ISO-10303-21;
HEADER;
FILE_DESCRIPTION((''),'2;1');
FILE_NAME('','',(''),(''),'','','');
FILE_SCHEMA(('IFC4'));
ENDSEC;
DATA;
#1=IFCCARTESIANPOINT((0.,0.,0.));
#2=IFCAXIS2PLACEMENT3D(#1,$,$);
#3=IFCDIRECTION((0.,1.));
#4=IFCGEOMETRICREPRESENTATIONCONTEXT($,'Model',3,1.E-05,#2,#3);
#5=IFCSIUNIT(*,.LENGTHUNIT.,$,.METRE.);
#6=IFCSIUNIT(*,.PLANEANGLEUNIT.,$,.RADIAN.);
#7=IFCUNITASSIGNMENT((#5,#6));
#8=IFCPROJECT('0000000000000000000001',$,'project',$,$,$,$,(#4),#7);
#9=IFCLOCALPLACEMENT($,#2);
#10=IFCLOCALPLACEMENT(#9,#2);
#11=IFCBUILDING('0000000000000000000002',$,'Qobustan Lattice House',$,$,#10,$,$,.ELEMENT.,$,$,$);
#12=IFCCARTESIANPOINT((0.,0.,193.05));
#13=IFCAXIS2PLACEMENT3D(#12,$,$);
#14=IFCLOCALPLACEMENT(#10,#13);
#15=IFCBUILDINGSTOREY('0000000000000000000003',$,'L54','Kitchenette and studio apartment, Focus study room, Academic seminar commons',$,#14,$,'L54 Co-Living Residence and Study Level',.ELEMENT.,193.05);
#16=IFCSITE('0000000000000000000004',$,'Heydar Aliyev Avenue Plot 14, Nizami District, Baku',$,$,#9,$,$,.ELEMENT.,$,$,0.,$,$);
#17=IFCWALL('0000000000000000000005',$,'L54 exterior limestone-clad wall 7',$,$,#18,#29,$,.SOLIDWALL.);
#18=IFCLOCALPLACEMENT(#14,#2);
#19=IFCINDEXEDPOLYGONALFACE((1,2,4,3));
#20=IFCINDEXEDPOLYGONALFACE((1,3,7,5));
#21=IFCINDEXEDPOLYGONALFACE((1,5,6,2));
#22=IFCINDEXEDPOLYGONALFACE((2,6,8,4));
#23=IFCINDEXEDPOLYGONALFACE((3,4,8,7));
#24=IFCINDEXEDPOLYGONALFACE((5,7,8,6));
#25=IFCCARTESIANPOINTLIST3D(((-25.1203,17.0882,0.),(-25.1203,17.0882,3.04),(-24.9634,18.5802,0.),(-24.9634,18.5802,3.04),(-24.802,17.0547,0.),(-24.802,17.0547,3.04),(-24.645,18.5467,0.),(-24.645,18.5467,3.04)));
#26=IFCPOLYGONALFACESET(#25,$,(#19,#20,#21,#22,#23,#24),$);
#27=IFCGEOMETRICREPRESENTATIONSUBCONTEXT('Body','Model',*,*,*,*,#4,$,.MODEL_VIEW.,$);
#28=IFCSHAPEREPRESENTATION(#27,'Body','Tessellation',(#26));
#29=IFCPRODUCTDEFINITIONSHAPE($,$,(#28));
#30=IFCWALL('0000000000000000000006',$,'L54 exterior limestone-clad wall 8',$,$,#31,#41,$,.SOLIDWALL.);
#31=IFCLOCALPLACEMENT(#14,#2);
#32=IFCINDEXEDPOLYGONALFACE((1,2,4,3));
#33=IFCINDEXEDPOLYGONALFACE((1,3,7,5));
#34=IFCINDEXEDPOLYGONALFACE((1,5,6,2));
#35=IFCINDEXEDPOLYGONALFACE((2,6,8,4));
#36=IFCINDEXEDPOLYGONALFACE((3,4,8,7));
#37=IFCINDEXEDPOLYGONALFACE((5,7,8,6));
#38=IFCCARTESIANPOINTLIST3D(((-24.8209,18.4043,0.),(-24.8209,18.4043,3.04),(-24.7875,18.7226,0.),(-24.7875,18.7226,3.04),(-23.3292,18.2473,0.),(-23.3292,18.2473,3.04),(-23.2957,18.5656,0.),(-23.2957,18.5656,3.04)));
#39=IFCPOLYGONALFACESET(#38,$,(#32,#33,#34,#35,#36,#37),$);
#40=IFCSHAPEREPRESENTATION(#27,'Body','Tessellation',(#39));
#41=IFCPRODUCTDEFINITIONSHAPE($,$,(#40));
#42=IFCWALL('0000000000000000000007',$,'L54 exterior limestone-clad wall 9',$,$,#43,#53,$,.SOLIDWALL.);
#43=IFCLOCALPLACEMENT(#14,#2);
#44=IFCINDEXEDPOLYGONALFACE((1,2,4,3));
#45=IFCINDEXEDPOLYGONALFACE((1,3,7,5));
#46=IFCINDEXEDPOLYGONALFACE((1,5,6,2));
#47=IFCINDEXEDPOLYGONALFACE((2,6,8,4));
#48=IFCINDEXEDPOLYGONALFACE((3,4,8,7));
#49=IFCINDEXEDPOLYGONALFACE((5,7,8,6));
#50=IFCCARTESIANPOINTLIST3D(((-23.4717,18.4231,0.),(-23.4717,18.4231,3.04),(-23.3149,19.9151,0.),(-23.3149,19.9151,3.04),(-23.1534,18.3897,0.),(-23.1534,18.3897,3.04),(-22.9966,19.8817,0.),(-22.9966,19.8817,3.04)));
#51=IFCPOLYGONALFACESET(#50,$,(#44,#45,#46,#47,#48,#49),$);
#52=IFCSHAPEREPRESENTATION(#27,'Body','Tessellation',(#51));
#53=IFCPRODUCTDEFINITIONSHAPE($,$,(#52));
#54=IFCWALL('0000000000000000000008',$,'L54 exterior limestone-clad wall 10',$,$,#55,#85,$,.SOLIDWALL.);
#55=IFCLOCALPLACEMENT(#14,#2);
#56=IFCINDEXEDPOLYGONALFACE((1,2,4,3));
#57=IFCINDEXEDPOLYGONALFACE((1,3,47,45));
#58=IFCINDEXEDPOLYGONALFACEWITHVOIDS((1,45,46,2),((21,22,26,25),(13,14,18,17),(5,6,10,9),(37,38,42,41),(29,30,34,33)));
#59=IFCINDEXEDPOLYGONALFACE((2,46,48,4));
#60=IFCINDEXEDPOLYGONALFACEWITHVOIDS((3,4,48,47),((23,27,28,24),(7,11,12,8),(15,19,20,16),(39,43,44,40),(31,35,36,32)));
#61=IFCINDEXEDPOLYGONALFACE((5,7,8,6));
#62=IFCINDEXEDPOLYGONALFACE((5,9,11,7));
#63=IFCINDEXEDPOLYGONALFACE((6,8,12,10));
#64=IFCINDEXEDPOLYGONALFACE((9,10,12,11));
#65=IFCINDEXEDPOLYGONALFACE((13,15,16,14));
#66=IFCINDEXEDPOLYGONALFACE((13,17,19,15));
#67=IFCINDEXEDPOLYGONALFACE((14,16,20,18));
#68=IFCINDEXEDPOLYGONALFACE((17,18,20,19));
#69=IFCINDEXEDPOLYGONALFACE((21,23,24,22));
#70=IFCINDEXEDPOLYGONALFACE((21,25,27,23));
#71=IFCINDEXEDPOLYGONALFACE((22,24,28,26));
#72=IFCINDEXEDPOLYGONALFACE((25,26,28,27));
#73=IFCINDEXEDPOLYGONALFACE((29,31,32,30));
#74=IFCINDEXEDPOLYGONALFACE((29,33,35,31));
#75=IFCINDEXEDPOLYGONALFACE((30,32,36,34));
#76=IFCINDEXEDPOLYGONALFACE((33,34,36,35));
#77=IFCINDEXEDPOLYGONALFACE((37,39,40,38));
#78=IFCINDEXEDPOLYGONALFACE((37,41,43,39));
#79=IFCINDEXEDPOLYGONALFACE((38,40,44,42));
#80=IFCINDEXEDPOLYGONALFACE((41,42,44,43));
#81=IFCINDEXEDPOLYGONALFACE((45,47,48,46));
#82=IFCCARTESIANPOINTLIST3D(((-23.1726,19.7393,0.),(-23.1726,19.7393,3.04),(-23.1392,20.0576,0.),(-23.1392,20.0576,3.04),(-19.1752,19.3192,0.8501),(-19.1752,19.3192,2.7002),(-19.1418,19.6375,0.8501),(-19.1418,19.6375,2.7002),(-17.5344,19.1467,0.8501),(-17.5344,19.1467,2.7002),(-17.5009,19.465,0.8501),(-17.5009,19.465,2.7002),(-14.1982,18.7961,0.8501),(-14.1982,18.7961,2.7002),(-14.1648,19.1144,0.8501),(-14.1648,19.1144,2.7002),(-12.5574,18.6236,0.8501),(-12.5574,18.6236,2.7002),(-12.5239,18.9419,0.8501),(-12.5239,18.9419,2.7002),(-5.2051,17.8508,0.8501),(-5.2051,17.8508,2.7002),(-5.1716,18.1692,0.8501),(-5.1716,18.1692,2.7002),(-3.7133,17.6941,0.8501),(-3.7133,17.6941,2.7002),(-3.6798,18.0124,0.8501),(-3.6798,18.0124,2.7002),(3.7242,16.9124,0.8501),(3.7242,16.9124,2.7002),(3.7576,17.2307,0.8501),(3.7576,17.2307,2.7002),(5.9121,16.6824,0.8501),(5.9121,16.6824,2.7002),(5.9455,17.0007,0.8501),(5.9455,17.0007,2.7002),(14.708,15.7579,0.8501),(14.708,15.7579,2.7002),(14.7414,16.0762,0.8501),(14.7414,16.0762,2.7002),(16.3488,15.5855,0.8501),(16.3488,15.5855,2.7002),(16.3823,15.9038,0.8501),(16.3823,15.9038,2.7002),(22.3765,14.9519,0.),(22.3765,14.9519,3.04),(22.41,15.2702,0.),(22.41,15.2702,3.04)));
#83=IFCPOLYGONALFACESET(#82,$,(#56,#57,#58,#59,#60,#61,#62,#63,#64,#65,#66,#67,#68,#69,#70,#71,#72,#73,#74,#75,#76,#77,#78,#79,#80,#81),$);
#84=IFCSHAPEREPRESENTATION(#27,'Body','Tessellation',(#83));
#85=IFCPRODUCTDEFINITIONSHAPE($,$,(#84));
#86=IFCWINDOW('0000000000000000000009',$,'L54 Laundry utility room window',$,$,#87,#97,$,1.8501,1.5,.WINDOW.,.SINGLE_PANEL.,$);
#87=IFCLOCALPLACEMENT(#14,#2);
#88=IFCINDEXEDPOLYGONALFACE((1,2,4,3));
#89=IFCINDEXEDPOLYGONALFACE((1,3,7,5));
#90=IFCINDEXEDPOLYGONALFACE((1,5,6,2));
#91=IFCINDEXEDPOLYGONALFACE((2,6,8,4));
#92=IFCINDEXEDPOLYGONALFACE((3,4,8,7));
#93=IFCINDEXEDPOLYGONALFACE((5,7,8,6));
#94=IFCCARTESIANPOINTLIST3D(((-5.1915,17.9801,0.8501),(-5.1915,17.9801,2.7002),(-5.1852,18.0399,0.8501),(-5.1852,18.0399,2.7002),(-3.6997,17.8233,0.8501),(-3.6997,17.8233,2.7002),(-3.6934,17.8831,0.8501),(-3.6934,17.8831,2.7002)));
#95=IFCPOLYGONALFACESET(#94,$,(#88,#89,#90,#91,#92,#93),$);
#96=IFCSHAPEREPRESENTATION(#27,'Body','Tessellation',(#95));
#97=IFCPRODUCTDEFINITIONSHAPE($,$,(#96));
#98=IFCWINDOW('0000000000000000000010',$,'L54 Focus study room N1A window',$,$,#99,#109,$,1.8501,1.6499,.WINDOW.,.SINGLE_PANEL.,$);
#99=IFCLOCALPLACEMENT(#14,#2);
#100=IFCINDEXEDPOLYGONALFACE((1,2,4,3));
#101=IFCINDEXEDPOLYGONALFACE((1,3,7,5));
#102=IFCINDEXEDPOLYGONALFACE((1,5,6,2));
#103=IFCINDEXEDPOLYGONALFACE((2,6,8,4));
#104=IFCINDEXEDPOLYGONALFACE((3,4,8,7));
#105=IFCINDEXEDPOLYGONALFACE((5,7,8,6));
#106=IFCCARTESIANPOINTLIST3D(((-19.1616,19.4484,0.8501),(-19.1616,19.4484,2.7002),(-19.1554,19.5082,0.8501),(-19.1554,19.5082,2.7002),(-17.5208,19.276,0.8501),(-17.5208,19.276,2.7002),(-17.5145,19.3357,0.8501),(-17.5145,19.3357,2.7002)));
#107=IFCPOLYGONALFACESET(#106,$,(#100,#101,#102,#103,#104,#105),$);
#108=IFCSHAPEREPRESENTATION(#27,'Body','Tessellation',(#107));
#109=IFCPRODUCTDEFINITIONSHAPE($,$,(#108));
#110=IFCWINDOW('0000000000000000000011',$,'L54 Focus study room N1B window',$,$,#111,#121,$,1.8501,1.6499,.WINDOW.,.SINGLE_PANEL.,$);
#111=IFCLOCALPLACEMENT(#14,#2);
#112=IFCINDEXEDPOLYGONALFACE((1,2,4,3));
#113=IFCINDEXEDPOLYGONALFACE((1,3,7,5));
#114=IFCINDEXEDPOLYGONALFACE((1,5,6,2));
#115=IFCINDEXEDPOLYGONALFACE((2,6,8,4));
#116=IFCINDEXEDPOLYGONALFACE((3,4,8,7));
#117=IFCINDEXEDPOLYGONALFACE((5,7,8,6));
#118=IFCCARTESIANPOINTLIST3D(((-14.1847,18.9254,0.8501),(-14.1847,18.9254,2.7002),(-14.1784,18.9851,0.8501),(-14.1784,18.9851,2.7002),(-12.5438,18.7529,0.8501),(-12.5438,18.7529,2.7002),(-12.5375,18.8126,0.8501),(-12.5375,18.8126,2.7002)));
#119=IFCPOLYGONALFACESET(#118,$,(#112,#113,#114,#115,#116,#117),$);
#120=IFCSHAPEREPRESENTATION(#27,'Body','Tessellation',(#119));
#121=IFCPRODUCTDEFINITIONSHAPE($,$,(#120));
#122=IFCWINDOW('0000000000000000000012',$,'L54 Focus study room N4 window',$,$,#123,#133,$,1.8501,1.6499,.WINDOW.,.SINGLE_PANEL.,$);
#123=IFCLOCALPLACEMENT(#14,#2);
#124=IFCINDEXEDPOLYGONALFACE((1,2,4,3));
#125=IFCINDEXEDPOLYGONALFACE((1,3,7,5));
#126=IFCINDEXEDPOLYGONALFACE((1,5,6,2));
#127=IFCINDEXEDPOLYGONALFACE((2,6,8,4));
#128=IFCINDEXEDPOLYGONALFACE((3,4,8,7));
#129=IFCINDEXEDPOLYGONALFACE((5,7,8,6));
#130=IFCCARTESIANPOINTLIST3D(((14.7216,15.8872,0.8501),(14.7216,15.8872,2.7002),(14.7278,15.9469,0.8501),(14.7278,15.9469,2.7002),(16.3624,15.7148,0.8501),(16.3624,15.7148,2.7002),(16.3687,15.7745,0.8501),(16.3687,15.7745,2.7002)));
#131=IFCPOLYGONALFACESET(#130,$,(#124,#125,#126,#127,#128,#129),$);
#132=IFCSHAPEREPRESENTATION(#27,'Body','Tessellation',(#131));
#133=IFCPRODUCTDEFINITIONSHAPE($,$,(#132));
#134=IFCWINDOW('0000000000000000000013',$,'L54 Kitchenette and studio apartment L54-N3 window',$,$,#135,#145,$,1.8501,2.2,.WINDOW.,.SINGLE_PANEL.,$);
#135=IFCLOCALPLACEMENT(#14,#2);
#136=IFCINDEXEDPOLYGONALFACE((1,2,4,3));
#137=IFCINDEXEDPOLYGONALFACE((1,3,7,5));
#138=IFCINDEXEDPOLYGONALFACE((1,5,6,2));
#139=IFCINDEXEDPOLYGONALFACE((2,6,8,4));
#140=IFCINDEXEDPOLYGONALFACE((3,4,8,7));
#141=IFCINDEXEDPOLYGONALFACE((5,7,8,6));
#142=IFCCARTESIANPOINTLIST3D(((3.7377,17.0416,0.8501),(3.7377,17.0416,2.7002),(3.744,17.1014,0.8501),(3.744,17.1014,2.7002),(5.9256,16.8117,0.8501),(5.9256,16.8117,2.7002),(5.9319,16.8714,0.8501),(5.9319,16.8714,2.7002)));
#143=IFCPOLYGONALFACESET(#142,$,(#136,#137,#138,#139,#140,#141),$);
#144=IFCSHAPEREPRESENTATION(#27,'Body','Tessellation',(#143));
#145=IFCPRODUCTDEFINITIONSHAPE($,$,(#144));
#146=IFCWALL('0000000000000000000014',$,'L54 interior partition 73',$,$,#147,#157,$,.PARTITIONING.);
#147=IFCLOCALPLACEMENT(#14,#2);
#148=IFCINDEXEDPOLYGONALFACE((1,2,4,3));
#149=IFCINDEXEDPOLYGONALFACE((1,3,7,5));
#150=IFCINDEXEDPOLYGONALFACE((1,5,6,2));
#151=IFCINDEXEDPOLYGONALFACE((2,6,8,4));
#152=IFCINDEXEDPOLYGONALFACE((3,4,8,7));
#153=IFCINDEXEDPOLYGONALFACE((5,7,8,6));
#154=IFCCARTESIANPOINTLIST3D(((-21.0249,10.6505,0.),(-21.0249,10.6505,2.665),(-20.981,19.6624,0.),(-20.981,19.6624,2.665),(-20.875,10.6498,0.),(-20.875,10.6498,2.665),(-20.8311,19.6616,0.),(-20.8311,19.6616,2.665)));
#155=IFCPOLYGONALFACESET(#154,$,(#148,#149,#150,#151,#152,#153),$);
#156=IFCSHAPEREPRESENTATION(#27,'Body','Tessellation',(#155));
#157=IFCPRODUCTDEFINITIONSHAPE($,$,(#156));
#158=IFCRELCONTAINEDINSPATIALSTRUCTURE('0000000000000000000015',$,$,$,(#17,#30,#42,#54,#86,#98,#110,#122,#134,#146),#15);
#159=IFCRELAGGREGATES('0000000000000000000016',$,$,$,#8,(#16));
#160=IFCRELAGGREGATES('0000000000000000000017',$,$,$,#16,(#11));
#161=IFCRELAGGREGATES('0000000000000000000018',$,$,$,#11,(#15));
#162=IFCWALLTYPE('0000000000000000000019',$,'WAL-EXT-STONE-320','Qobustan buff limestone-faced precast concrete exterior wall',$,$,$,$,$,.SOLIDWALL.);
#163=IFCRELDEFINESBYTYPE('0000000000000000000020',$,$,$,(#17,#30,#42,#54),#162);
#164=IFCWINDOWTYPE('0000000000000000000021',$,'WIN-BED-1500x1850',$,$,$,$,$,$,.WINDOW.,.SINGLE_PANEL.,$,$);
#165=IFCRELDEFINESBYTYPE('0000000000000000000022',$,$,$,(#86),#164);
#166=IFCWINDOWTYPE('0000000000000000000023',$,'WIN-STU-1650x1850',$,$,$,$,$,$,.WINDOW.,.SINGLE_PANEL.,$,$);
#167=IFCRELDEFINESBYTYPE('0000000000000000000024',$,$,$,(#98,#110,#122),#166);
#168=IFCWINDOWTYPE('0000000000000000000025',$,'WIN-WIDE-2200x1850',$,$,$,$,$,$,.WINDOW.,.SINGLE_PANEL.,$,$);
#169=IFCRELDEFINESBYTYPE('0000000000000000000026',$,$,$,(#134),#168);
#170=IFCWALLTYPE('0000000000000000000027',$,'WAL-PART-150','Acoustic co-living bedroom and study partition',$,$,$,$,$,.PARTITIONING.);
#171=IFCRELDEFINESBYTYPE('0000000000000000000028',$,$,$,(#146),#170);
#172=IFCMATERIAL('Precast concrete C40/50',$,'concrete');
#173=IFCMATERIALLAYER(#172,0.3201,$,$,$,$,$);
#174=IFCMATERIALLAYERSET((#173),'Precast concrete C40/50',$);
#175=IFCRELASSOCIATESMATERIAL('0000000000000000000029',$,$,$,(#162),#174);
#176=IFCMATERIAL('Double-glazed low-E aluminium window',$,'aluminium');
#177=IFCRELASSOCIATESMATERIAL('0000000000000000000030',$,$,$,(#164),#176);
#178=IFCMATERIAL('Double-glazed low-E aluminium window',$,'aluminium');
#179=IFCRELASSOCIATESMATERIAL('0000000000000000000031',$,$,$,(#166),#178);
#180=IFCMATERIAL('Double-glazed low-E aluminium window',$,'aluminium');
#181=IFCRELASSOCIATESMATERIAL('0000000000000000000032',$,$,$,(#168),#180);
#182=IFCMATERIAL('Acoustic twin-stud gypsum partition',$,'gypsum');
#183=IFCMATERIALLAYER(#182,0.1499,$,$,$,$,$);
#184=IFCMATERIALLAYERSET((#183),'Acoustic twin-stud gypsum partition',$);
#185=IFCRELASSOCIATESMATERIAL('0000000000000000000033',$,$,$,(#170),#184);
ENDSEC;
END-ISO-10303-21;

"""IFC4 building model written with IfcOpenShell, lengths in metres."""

from ifc_helpers import new_model, si_unit, direction, frame, frame_2d, origin, place, context, subcontext, project, spatial, rectangle, extrude, material, layer, layer_set, type_object, element, fill, save


model = new_model("IFC4")

# Units and contexts
model_context = context("Model", 3, precision=1e-05, world=origin(), true_north=direction((0.0, 1.0)))
body_context = subcontext(model_context, "Body", "Model", "MODEL_VIEW")
ifc_project = project(units=[si_unit("LENGTHUNIT", "METRE"), si_unit("PLANEANGLEUNIT", "RADIAN")], contexts=[model_context])

# Site, building, storey
site_placement = place(None, origin())
site = spatial("IfcSite", under=ifc_project, at=site_placement, Name="Heydar Aliyev Avenue Plot 14, Nizami District, Baku", CompositionType="ELEMENT", RefElevation=0.0)
building_placement = place(site_placement, origin())
building = spatial("IfcBuilding", under=site, at=building_placement, Name="Qobustan Lattice House", CompositionType="ELEMENT")
storey_placement = place(building_placement, frame((0.0, 0.0, 193.05)))
storey = spatial("IfcBuildingStorey", under=building, at=storey_placement, Name="L54", Description="Kitchenette and studio apartment, Focus study room, Academic seminar commons", LongName="L54 Co-Living Residence and Study Level", CompositionType="ELEMENT", Elevation=193.05)

# Walls
ifc_material_1 = material(Name="Precast concrete C40/50", Category="concrete")
ifc_layer_1 = layer(ifc_material_1, 0.3201)
ifc_layer_set_1 = layer_set([ifc_layer_1], Name="Precast concrete C40/50")
wall_type_1 = type_object("IfcWallType", Name="WAL-EXT-STONE-320", Description="Qobustan buff limestone-faced precast concrete exterior wall", PredefinedType="SOLIDWALL", material=ifc_layer_set_1)
wall_1_placement = place(storey_placement, frame((-24.9612, 17.0715, 0.0), z_axis=(0.0, 0.0, 1.0), x_axis=(0.104642, 0.99451, 0.0)))
element("IfcWall", 1, at=wall_1_placement, inside=storey, type_object=wall_type_1, Name="L54 exterior limestone-clad wall 7", PredefinedType="SOLIDWALL", context=body_context, shape_type="SweptSolid", body=[
    extrude(rectangle(XDim=1.5002, YDim=0.3201, at=frame_2d((0.75, 0.0))), origin(), (0.0, 0.0, 1.0), 3.04),
])
wall_2_placement = place(storey_placement, frame((-24.8042, 18.5635, 0.0), z_axis=(0.0, 0.0, 1.0), x_axis=(0.994508, -0.104659, 0.0)))
element("IfcWall", 2, at=wall_2_placement, inside=storey, type_object=wall_type_1, Name="L54 exterior limestone-clad wall 8", PredefinedType="SOLIDWALL", context=body_context, shape_type="SweptSolid", body=[
    extrude(rectangle(XDim=1.5, YDim=0.3201, at=frame_2d((0.75, 0.0))), origin(), (0.0, 0.0, 1.0), 3.04),
])
wall_3_placement = place(storey_placement, frame((-23.3125, 18.4065, 0.0), z_axis=(0.0, 0.0, 1.0), x_axis=(0.104481, 0.994527, 0.0)))
element("IfcWall", 3, at=wall_3_placement, inside=storey, type_object=wall_type_1, Name="L54 exterior limestone-clad wall 9", PredefinedType="SOLIDWALL", context=body_context, shape_type="SweptSolid", body=[
    extrude(rectangle(XDim=1.5002, YDim=0.3201, at=frame_2d((0.75, 0.0))), origin(), (0.0, 0.0, 1.0), 3.04),
])

# Wall, openings, windows
wall_4_placement = place(storey_placement, frame((-23.1558, 19.8984, 0.0), z_axis=(0.0, 0.0, 1.0), x_axis=(0.994522, -0.104527, 0.0)))
wall_4 = element("IfcWall", 4, at=wall_4_placement, inside=storey, type_object=wall_type_1, Name="L54 exterior limestone-clad wall 10", PredefinedType="SOLIDWALL", context=body_context, shape_type="SweptSolid", body=[
    extrude(rectangle(XDim=45.8, YDim=0.3201, at=frame_2d((22.8999, 0.0))), origin(), (0.0, 0.0, 1.0), 3.04),
])
opening_1_placement = place(wall_4_placement, frame((4.0193, 0.0, 0.8501)))
opening_1 = element("IfcOpeningElement", 5, at=opening_1_placement, cuts=wall_4, PredefinedType="OPENING", context=body_context, shape_type="SweptSolid", body=[
    extrude(rectangle(XDim=1.6499, YDim=1.8501, at=frame_2d((0.825, 0.925))), frame((0.0, 0.1699, 0.0), z_axis=(0.0, -1.0, 0.0), x_axis=(1.0, 0.0, 0.0)), (0.0, 0.0, 1.0), 0.3401),
])
opening_2_placement = place(wall_4_placement, frame((9.0237, 0.0, 0.8501)))
opening_2 = element("IfcOpeningElement", 6, at=opening_2_placement, cuts=wall_4, PredefinedType="OPENING", context=body_context, shape_type="SweptSolid", body=[
    extrude(rectangle(XDim=1.6499, YDim=1.8501, at=frame_2d((0.825, 0.925))), frame((0.0, 0.1699, 0.0), z_axis=(0.0, -1.0, 0.0), x_axis=(1.0, 0.0, 0.0)), (0.0, 0.0, 1.0), 0.3401),
])
opening_3_placement = place(wall_4_placement, frame((18.0664, 0.0, 0.8501)))
opening_3 = element("IfcOpeningElement", 7, at=opening_3_placement, cuts=wall_4, PredefinedType="OPENING", context=body_context, shape_type="SweptSolid", body=[
    extrude(rectangle(XDim=1.5, YDim=1.8501, at=frame_2d((0.75, 0.925))), frame((0.0, 0.1699, 0.0), z_axis=(0.0, -1.0, 0.0), x_axis=(1.0, 0.0, 0.0)), (0.0, 0.0, 1.0), 0.3401),
])
opening_4_placement = place(wall_4_placement, frame((27.0447, 0.0, 0.8501)))
opening_4 = element("IfcOpeningElement", 8, at=opening_4_placement, cuts=wall_4, PredefinedType="OPENING", context=body_context, shape_type="SweptSolid", body=[
    extrude(rectangle(XDim=2.2, YDim=1.8501, at=frame_2d((1.1001, 0.925))), frame((0.0, 0.1699, 0.0), z_axis=(0.0, -1.0, 0.0), x_axis=(1.0, 0.0, 0.0)), (0.0, 0.0, 1.0), 0.3401),
])
opening_5_placement = place(wall_4_placement, frame((38.0891, 0.0, 0.8501)))
opening_5 = element("IfcOpeningElement", 9, at=opening_5_placement, cuts=wall_4, PredefinedType="OPENING", context=body_context, shape_type="SweptSolid", body=[
    extrude(rectangle(XDim=1.6499, YDim=1.8501, at=frame_2d((0.825, 0.925))), frame((0.0, 0.1699, 0.0), z_axis=(0.0, -1.0, 0.0), x_axis=(1.0, 0.0, 0.0)), (0.0, 0.0, 1.0), 0.3401),
])
ifc_material_2 = material(Name="Double-glazed low-E aluminium window", Category="aluminium")
window_type_1 = type_object("IfcWindowType", Name="WIN-BED-1500x1850", PartitioningType="SINGLE_PANEL", PredefinedType="WINDOW", material=ifc_material_2)
window_1_placement = place(opening_3_placement, origin())
window_1 = element("IfcWindow", 10, at=window_1_placement, inside=storey, type_object=window_type_1, Name="L54 Laundry utility room window", OverallHeight=1.8501, OverallWidth=1.5, PartitioningType="SINGLE_PANEL", PredefinedType="WINDOW", context=body_context, shape_type="SweptSolid", body=[
    extrude(rectangle(XDim=1.5, YDim=1.8501, at=frame_2d((0.75, 0.925))), frame((0.0, 0.03, 0.0), z_axis=(0.0, -1.0, 0.0), x_axis=(1.0, 0.0, 0.0)), (0.0, 0.0, 1.0), 0.0601),
])
fill(opening_3, window_1)
ifc_material_3 = material(Name="Double-glazed low-E aluminium window", Category="aluminium")
window_type_2 = type_object("IfcWindowType", Name="WIN-STU-1650x1850", PartitioningType="SINGLE_PANEL", PredefinedType="WINDOW", material=ifc_material_3)
window_2_placement = place(opening_1_placement, origin())
window_2 = element("IfcWindow", 11, at=window_2_placement, inside=storey, type_object=window_type_2, Name="L54 Focus study room N1A window", OverallHeight=1.8501, OverallWidth=1.6499, PartitioningType="SINGLE_PANEL", PredefinedType="WINDOW", context=body_context, shape_type="SweptSolid", body=[
    extrude(rectangle(XDim=1.6499, YDim=1.8501, at=frame_2d((0.825, 0.925))), frame((0.0, 0.03, 0.0), z_axis=(0.0, -1.0, 0.0), x_axis=(1.0, 0.0, 0.0)), (0.0, 0.0, 1.0), 0.0601),
])
fill(opening_1, window_2)
window_3_placement = place(opening_2_placement, origin())
window_3 = element("IfcWindow", 12, at=window_3_placement, inside=storey, type_object=window_type_2, Name="L54 Focus study room N1B window", OverallHeight=1.8501, OverallWidth=1.6499, PartitioningType="SINGLE_PANEL", PredefinedType="WINDOW", context=body_context, shape_type="SweptSolid", body=[
    extrude(rectangle(XDim=1.6499, YDim=1.8501, at=frame_2d((0.825, 0.925))), frame((0.0, 0.03, 0.0), z_axis=(0.0, -1.0, 0.0), x_axis=(1.0, 0.0, 0.0)), (0.0, 0.0, 1.0), 0.0601),
])
fill(opening_2, window_3)
window_4_placement = place(opening_5_placement, origin())
window_4 = element("IfcWindow", 13, at=window_4_placement, inside=storey, type_object=window_type_2, Name="L54 Focus study room N4 window", OverallHeight=1.8501, OverallWidth=1.6499, PartitioningType="SINGLE_PANEL", PredefinedType="WINDOW", context=body_context, shape_type="SweptSolid", body=[
    extrude(rectangle(XDim=1.6499, YDim=1.8501, at=frame_2d((0.825, 0.925))), frame((0.0, 0.03, 0.0), z_axis=(0.0, -1.0, 0.0), x_axis=(1.0, 0.0, 0.0)), (0.0, 0.0, 1.0), 0.0601),
])
fill(opening_5, window_4)
ifc_material_4 = material(Name="Double-glazed low-E aluminium window", Category="aluminium")
window_type_3 = type_object("IfcWindowType", Name="WIN-WIDE-2200x1850", PartitioningType="SINGLE_PANEL", PredefinedType="WINDOW", material=ifc_material_4)
window_5_placement = place(opening_4_placement, origin())
window_5 = element("IfcWindow", 14, at=window_5_placement, inside=storey, type_object=window_type_3, Name="L54 Kitchenette and studio apartment L54-N3 window", OverallHeight=1.8501, OverallWidth=2.2, PartitioningType="SINGLE_PANEL", PredefinedType="WINDOW", context=body_context, shape_type="SweptSolid", body=[
    extrude(rectangle(XDim=2.2, YDim=1.8501, at=frame_2d((1.1001, 0.925))), frame((0.0, 0.03, 0.0), z_axis=(0.0, -1.0, 0.0), x_axis=(1.0, 0.0, 0.0)), (0.0, 0.0, 1.0), 0.0601),
])
fill(opening_4, window_5)

# Wall
ifc_material_5 = material(Name="Acoustic twin-stud gypsum partition", Category="gypsum")
ifc_layer_2 = layer(ifc_material_5, 0.1499)
ifc_layer_set_2 = layer_set([ifc_layer_2], Name="Acoustic twin-stud gypsum partition")
wall_type_2 = type_object("IfcWallType", Name="WAL-PART-150", Description="Acoustic co-living bedroom and study partition", PredefinedType="PARTITIONING", material=ifc_layer_set_2)
wall_5_placement = place(storey_placement, frame((-20.906, 19.6619, 0.0), z_axis=(0.0, 0.0, 1.0), x_axis=(-0.004876, -0.999988, 0.0)))
element("IfcWall", 15, at=wall_5_placement, inside=storey, type_object=wall_type_2, Name="L54 interior partition 73", PredefinedType="PARTITIONING", context=body_context, shape_type="SweptSolid", body=[
    extrude(rectangle(XDim=9.012, YDim=0.1499, at=frame_2d((4.5059, 0.0))), origin(), (0.0, 0.0, 1.0), 2.665),
])

save(model, "model.ifc")
